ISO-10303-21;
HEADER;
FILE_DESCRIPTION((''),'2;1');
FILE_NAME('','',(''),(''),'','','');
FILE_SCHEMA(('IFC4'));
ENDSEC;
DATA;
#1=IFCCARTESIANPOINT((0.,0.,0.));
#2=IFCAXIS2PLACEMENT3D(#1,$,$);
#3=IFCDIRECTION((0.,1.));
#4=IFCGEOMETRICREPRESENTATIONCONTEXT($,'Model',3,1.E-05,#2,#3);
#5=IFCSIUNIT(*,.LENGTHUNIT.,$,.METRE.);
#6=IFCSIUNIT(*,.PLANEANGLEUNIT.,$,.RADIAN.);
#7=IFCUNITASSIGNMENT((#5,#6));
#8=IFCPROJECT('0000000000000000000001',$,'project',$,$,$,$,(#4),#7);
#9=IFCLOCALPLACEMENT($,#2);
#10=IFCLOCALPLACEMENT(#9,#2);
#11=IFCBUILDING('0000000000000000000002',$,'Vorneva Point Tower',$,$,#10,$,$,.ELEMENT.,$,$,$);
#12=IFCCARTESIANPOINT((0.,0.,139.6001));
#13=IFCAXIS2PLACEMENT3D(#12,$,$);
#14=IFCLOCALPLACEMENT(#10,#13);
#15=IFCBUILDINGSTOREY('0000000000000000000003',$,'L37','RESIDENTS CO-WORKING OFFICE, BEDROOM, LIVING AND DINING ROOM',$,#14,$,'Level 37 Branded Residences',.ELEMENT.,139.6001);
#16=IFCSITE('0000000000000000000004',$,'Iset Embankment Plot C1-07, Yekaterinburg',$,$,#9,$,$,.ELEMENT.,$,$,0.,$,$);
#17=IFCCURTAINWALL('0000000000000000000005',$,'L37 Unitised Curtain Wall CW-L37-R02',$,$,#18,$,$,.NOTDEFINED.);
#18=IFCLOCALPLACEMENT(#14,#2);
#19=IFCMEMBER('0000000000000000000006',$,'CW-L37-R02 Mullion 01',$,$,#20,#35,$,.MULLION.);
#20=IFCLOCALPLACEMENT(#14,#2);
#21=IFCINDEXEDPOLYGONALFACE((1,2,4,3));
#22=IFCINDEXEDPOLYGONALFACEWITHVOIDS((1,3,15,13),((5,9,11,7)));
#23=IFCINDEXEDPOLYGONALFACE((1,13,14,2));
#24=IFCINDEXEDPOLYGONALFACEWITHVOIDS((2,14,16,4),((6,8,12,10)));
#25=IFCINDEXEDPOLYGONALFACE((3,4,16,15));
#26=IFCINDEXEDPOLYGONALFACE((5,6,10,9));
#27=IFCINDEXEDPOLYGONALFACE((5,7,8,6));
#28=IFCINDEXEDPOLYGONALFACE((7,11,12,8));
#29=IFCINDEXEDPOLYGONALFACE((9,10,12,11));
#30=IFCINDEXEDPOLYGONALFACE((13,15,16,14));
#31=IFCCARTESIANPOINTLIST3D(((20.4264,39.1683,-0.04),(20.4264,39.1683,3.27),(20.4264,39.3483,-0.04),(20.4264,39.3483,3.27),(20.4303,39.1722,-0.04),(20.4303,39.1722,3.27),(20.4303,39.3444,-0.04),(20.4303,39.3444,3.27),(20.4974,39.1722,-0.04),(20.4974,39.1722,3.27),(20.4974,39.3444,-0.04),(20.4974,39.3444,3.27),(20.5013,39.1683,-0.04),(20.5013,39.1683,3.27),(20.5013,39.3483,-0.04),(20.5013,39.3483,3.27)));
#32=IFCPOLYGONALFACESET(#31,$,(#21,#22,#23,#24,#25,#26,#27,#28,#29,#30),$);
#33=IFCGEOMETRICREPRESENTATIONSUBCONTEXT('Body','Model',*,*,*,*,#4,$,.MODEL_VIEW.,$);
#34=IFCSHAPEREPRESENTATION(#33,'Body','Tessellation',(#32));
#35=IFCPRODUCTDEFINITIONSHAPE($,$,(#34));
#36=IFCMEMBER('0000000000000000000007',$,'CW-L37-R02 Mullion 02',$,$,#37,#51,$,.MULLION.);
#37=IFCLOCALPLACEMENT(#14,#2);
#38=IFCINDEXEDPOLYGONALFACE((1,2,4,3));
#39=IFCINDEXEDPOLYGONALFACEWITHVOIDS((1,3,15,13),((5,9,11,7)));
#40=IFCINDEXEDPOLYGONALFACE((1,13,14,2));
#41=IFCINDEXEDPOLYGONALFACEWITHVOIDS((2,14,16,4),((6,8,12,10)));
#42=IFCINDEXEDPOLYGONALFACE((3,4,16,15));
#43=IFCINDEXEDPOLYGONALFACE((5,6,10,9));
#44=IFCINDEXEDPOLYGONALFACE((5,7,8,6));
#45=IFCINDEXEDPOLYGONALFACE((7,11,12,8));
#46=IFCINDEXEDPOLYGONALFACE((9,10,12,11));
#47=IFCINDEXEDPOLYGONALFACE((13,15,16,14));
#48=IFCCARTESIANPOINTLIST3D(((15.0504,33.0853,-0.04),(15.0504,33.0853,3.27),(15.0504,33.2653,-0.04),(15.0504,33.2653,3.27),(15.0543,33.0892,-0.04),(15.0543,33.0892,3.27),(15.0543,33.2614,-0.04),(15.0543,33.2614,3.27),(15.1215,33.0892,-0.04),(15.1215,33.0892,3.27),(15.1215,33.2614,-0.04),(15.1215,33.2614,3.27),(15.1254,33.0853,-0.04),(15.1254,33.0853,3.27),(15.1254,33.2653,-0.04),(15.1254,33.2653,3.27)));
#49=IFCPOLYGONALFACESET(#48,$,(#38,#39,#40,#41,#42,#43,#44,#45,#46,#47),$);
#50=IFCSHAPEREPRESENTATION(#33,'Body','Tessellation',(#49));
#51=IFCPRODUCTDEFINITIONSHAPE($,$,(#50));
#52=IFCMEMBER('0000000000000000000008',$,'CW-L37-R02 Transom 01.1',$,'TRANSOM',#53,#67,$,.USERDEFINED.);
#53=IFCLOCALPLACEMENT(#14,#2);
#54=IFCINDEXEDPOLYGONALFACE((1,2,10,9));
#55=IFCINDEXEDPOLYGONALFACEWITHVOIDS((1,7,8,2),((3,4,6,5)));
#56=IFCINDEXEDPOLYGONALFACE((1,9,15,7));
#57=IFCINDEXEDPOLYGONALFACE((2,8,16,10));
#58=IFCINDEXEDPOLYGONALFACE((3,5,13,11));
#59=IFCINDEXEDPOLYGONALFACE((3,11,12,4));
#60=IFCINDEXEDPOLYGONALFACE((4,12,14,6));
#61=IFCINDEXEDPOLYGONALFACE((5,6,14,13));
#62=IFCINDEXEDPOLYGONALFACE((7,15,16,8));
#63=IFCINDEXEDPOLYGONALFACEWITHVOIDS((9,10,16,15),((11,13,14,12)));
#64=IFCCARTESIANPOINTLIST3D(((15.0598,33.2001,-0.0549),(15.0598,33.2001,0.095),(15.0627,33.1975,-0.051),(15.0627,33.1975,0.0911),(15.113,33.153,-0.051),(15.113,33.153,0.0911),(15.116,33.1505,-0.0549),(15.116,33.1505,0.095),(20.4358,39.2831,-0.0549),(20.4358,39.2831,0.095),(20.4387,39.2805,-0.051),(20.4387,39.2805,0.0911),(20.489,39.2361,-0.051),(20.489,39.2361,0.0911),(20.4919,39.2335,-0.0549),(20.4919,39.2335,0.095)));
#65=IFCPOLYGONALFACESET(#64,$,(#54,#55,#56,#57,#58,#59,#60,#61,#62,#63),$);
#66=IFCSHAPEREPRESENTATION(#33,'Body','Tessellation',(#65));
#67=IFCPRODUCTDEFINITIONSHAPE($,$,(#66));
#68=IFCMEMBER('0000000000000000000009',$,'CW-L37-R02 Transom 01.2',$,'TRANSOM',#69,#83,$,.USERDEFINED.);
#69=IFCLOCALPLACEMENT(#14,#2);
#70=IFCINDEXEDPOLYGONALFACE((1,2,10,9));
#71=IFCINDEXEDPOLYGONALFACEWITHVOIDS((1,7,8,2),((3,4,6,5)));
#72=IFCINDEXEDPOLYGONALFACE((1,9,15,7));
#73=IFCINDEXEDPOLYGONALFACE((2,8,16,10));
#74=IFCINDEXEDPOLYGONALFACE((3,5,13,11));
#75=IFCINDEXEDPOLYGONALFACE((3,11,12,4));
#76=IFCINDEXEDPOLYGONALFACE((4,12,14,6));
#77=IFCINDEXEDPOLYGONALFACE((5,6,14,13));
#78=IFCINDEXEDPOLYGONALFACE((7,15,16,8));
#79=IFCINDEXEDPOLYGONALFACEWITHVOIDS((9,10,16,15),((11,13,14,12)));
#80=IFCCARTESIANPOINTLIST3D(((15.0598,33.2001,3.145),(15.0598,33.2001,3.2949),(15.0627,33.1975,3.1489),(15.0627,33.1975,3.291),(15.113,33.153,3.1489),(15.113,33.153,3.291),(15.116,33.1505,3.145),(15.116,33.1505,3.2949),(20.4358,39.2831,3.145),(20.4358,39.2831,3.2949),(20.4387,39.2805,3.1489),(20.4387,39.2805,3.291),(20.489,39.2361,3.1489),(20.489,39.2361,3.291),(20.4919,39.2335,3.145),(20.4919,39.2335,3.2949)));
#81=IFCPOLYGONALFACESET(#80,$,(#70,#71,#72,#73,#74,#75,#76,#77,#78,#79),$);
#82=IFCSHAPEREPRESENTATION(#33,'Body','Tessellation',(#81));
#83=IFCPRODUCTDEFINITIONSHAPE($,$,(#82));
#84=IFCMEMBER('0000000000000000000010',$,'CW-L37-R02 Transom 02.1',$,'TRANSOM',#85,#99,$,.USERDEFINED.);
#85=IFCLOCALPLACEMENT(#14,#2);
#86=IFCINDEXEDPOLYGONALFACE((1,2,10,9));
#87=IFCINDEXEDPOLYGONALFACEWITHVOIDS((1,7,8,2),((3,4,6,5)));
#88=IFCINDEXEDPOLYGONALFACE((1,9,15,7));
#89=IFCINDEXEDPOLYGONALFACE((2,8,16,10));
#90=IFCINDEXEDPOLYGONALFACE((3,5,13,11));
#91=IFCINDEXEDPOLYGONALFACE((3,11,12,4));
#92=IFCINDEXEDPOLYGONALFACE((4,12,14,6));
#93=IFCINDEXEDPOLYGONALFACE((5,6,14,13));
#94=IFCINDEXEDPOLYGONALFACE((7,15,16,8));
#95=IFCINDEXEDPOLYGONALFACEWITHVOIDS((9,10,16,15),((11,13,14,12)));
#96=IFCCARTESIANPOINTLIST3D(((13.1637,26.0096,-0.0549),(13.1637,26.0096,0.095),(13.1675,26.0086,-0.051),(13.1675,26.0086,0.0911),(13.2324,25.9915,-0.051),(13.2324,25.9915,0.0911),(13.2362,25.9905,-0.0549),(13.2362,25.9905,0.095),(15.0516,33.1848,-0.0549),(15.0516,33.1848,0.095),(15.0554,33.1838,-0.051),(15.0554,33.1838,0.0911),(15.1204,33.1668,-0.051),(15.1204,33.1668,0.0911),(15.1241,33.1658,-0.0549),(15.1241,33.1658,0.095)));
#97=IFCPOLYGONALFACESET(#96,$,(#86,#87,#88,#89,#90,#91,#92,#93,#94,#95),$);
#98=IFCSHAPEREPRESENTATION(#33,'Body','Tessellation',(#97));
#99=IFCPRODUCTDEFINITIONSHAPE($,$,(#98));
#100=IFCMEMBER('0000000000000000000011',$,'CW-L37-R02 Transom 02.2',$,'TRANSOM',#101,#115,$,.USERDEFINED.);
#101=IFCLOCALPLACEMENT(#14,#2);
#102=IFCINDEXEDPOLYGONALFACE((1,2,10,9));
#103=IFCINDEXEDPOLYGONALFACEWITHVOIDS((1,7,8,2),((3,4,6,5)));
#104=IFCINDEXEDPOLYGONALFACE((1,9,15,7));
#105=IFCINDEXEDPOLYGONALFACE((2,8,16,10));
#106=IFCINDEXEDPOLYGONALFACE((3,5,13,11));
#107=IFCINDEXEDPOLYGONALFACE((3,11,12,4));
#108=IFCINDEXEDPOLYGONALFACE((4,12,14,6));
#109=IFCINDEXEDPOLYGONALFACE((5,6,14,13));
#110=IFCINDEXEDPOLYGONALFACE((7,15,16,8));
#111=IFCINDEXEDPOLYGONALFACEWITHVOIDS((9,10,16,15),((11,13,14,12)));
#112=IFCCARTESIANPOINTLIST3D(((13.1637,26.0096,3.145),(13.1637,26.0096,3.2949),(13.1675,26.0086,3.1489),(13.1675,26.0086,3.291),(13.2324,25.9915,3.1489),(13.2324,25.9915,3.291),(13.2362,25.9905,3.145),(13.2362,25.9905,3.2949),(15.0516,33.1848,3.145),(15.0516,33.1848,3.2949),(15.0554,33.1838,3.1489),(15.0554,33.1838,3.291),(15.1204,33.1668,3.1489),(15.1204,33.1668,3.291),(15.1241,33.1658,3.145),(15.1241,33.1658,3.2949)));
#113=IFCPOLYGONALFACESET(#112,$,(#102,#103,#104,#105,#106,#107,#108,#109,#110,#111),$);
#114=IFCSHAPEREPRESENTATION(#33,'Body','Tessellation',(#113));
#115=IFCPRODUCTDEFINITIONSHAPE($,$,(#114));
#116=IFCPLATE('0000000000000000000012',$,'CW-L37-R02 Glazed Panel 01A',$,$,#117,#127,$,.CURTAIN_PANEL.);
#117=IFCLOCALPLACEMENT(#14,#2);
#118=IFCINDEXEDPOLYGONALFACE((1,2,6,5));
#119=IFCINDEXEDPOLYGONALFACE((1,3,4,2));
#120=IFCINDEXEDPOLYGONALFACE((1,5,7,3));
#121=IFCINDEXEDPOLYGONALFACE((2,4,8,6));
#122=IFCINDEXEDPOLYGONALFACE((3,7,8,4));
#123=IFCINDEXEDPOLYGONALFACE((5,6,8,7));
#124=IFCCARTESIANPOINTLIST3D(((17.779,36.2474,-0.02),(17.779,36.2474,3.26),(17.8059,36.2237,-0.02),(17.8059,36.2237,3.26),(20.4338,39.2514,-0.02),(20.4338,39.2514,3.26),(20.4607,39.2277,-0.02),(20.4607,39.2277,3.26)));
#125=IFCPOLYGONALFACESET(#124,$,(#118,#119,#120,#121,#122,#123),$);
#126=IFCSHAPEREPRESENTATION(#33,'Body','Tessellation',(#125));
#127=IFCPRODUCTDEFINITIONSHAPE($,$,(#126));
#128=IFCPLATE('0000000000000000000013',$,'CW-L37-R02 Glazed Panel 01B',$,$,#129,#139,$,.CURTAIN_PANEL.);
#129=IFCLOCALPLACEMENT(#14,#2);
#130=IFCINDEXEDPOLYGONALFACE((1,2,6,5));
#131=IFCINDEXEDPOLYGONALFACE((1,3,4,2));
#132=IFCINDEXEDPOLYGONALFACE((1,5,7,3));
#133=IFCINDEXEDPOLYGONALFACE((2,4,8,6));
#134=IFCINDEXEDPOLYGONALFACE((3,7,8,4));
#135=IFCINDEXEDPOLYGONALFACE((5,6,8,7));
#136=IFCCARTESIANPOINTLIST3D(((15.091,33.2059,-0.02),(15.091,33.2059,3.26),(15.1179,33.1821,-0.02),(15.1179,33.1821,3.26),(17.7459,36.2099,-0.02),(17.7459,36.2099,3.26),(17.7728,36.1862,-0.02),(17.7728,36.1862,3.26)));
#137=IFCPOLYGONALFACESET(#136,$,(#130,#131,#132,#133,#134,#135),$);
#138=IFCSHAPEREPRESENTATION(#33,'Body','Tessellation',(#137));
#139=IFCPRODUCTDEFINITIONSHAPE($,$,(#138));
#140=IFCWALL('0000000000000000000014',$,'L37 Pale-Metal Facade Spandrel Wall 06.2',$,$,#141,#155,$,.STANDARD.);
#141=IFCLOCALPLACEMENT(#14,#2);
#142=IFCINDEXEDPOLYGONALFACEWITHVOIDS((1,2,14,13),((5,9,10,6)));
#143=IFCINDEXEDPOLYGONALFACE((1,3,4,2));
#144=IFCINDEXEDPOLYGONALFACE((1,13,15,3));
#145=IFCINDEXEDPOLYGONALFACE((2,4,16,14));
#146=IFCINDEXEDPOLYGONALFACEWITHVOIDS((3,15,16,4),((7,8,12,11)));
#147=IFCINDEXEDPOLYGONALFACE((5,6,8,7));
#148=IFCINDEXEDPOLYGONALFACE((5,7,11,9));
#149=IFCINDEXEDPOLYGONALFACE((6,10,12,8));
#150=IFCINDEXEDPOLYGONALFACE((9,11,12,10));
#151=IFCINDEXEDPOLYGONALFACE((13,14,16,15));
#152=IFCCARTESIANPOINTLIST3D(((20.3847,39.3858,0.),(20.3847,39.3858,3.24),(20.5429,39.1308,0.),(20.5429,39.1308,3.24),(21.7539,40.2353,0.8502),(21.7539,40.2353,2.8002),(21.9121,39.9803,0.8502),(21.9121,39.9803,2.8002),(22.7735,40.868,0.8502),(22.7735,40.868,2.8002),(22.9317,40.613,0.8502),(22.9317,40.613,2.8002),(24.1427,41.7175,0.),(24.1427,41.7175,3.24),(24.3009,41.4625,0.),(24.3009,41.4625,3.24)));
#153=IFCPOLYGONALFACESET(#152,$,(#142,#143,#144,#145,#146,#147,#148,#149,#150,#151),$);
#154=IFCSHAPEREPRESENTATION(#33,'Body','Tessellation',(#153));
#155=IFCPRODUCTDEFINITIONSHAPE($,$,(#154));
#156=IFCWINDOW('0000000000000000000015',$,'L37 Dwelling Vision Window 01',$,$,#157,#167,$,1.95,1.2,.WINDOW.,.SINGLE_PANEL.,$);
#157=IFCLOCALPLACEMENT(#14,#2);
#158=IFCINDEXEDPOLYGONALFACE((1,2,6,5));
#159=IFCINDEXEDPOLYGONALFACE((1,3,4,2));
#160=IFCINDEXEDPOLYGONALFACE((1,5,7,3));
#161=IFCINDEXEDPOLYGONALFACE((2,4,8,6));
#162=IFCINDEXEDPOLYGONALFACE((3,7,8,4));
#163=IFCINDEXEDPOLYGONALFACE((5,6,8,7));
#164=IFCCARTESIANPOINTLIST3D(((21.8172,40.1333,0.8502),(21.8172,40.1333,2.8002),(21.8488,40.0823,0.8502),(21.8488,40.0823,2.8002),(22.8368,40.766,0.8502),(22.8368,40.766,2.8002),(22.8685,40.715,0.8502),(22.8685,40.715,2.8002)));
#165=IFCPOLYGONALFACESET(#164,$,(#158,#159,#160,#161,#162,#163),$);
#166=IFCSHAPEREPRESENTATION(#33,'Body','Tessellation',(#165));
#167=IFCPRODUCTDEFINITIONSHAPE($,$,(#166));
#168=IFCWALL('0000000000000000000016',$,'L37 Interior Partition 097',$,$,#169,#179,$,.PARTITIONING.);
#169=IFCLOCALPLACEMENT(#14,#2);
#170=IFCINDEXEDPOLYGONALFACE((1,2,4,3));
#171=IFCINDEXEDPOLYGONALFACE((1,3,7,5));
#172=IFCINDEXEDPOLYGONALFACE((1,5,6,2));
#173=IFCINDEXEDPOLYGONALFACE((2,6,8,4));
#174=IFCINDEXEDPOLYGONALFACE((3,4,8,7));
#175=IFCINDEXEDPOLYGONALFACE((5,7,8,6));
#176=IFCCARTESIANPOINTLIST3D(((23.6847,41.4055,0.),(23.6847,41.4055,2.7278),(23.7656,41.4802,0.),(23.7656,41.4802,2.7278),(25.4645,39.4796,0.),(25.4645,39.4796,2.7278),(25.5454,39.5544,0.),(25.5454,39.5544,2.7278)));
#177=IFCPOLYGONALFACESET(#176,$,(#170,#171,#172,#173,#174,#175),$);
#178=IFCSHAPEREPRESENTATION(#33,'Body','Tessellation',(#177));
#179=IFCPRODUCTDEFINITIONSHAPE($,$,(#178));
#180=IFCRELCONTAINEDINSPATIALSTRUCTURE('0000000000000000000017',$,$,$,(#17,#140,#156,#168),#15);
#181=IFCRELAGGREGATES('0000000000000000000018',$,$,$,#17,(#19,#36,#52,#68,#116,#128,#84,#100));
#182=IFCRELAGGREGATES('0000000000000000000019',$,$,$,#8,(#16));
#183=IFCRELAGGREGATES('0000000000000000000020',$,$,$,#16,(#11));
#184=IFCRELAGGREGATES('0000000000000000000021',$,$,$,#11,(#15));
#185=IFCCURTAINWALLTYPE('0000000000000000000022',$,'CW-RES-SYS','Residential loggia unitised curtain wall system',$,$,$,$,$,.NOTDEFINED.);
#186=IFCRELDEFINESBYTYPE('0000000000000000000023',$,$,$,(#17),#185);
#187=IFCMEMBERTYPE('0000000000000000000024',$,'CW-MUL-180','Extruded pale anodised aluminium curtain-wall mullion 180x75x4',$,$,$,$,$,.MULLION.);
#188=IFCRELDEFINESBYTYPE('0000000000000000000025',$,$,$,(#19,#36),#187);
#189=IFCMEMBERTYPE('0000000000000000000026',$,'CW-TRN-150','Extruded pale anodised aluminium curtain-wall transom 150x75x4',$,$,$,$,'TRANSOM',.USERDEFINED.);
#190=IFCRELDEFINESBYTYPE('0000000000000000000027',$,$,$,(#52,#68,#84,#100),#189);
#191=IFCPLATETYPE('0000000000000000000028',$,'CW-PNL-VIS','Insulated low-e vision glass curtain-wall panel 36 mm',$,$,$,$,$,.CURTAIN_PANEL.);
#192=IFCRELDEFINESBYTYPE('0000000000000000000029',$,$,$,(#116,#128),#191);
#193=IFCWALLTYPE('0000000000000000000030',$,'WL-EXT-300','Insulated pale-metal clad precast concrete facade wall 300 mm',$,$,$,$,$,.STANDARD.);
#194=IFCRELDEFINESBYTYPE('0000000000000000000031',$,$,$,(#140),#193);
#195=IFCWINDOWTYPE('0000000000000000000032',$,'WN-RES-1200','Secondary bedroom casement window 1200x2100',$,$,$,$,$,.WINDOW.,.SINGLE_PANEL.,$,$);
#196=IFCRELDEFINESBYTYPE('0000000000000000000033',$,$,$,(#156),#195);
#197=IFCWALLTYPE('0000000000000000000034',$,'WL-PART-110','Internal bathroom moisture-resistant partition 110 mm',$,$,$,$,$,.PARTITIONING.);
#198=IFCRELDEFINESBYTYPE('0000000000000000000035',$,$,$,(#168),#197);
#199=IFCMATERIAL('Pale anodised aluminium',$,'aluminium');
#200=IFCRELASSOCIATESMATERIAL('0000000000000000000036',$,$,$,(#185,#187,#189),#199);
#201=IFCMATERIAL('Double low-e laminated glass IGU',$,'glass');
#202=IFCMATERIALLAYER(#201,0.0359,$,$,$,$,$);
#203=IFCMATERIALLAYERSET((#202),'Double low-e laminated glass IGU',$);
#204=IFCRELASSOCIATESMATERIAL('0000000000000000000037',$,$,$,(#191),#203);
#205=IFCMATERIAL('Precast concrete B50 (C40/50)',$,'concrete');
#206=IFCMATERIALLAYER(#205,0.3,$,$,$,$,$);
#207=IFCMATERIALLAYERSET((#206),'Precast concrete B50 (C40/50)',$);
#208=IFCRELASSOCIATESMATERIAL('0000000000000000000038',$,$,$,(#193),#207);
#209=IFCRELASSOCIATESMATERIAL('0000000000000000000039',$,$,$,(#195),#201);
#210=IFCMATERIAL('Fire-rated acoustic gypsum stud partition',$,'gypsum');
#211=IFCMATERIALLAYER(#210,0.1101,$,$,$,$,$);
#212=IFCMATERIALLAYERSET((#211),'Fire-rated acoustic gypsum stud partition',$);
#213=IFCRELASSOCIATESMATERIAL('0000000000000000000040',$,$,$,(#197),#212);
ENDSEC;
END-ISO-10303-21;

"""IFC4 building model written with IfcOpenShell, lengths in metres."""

from ifc_helpers import new_model, si_unit, direction, frame, frame_2d, origin, origin_2d, place, context, subcontext, project, spatial, rectangle, hollow_rectangle, extrude, material, layer, layer_set, material_profile, profile_set, type_object, element, fill, aggregate, save


model = new_model("IFC4")

# Units and contexts
model_context = context("Model", 3, precision=1e-05, world=origin(), true_north=direction((0.0, 1.0)))
body_context = subcontext(model_context, "Body", "Model", "MODEL_VIEW")
ifc_project = project(units=[si_unit("LENGTHUNIT", "METRE"), si_unit("PLANEANGLEUNIT", "RADIAN")], contexts=[model_context])

# Site, building, storey
site_placement = place(None, origin())
site = spatial("IfcSite", under=ifc_project, at=site_placement, Name="Iset Embankment Plot C1-07, Yekaterinburg", CompositionType="ELEMENT", RefElevation=0.0)
building_placement = place(site_placement, origin())
building = spatial("IfcBuilding", under=site, at=building_placement, Name="Vorneva Point Tower", CompositionType="ELEMENT")
storey_placement = place(building_placement, frame((0.0, 0.0, 139.6001)))
storey = spatial("IfcBuildingStorey", under=building, at=storey_placement, Name="L37", Description="RESIDENTS CO-WORKING OFFICE, BEDROOM, LIVING AND DINING ROOM", LongName="Level 37 Branded Residences", CompositionType="ELEMENT", Elevation=139.6001)

# Curtain wall, members, plates
ifc_material_1 = material(Name="Pale anodised aluminium", Category="aluminium")
curtain_wall_type = type_object("IfcCurtainWallType", Name="CW-RES-SYS", Description="Residential loggia unitised curtain wall system", PredefinedType="NOTDEFINED", material=ifc_material_1)
curtain_wall_placement = place(storey_placement, origin())
curtain_wall = element("IfcCurtainWall", 1, at=curtain_wall_placement, inside=storey, type_object=curtain_wall_type, Name="L37 Unitised Curtain Wall CW-L37-R02", PredefinedType="NOTDEFINED")
ifc_material_profile_1 = material_profile(ifc_material_1, hollow_rectangle(XDim=0.075, YDim=0.1799, WallThickness=0.0039, at=origin_2d()), Name="AL-MUL 180x75x4")
ifc_profile_set_1 = profile_set([ifc_material_profile_1], Name="Pale anodised aluminium")
member_type_1 = type_object("IfcMemberType", Name="CW-MUL-180", Description="Extruded pale anodised aluminium curtain-wall mullion 180x75x4", PredefinedType="MULLION", material=ifc_profile_set_1)
member_1_placement = place(storey_placement, frame((20.4639, 39.2583, -0.04), z_axis=(0.0, 0.0, 1.0), x_axis=(1.0, 0.0, 0.0)))
member_1 = element("IfcMember", 2, at=member_1_placement, type_object=member_type_1, Name="CW-L37-R02 Mullion 01", PredefinedType="MULLION", context=body_context, shape_type="SweptSolid", body=[
    extrude(hollow_rectangle(XDim=0.075, YDim=0.1799, WallThickness=0.0039, at=origin_2d()), origin(), (0.0, 0.0, 1.0), 3.3101),
])
member_2_placement = place(storey_placement, frame((15.0879, 33.1753, -0.04), z_axis=(0.0, 0.0, 1.0), x_axis=(1.0, 0.0, 0.0)))
member_2 = element("IfcMember", 3, at=member_2_placement, type_object=member_type_1, Name="CW-L37-R02 Mullion 02", PredefinedType="MULLION", context=body_context, shape_type="SweptSolid", body=[
    extrude(hollow_rectangle(XDim=0.075, YDim=0.1799, WallThickness=0.0039, at=origin_2d()), origin(), (0.0, 0.0, 1.0), 3.3101),
])
ifc_material_profile_2 = material_profile(ifc_material_1, hollow_rectangle(XDim=0.075, YDim=0.1499, WallThickness=0.0039, at=origin_2d()), Name="AL-TRN 150x75x4")
ifc_profile_set_2 = profile_set([ifc_material_profile_2], Name="Pale anodised aluminium")
member_type_2 = type_object("IfcMemberType", Name="CW-TRN-150", Description="Extruded pale anodised aluminium curtain-wall transom 150x75x4", ElementType="TRANSOM", PredefinedType="USERDEFINED", material=ifc_profile_set_2)
member_3_placement = place(storey_placement, frame((20.4639, 39.2583, 0.02), z_axis=(-0.662218, -0.749311, 0.0), x_axis=(0.749311, -0.662218, 0.0)))
member_3 = element("IfcMember", 4, at=member_3_placement, type_object=member_type_2, Name="CW-L37-R02 Transom 01.1", ObjectType="TRANSOM", PredefinedType="USERDEFINED", context=body_context, shape_type="SweptSolid", body=[
    extrude(hollow_rectangle(XDim=0.075, YDim=0.1499, WallThickness=0.0039, at=origin_2d()), origin(), (0.0, 0.0, 1.0), 8.1182),
])
member_4_placement = place(storey_placement, frame((20.4639, 39.2583, 3.22), z_axis=(-0.662218, -0.749311, 0.0), x_axis=(0.749311, -0.662218, 0.0)))
member_4 = element("IfcMember", 5, at=member_4_placement, type_object=member_type_2, Name="CW-L37-R02 Transom 01.2", ObjectType="TRANSOM", PredefinedType="USERDEFINED", context=body_context, shape_type="SweptSolid", body=[
    extrude(hollow_rectangle(XDim=0.075, YDim=0.1499, WallThickness=0.0039, at=origin_2d()), origin(), (0.0, 0.0, 1.0), 8.1182),
])
member_5_placement = place(storey_placement, frame((15.0879, 33.1753, 0.02), z_axis=(-0.254456, -0.967084, 0.0), x_axis=(0.967084, -0.254456, 0.0)))
member_5 = element("IfcMember", 6, at=member_5_placement, type_object=member_type_2, Name="CW-L37-R02 Transom 02.1", ObjectType="TRANSOM", PredefinedType="USERDEFINED", context=body_context, shape_type="SweptSolid", body=[
    extrude(hollow_rectangle(XDim=0.075, YDim=0.1499, WallThickness=0.0039, at=origin_2d()), origin(), (0.0, 0.0, 1.0), 7.4194),
])
member_6_placement = place(storey_placement, frame((15.0879, 33.1753, 3.22), z_axis=(-0.254456, -0.967084, 0.0), x_axis=(0.967084, -0.254456, 0.0)))
member_6 = element("IfcMember", 7, at=member_6_placement, type_object=member_type_2, Name="CW-L37-R02 Transom 02.2", ObjectType="TRANSOM", PredefinedType="USERDEFINED", context=body_context, shape_type="SweptSolid", body=[
    extrude(hollow_rectangle(XDim=0.075, YDim=0.1499, WallThickness=0.0039, at=origin_2d()), origin(), (0.0, 0.0, 1.0), 7.4194),
])
ifc_material_2 = material(Name="Double low-e laminated glass IGU", Category="glass")
ifc_layer_1 = layer(ifc_material_2, 0.0359)
ifc_layer_set_1 = layer_set([ifc_layer_1], Name="Double low-e laminated glass IGU")
plate_type = type_object("IfcPlateType", Name="CW-PNL-VIS", Description="Insulated low-e vision glass curtain-wall panel 36 mm", PredefinedType="CURTAIN_PANEL", material=ifc_layer_set_1)
plate_1_placement = place(storey_placement, frame((19.1199, 37.7375, -0.02), z_axis=(0.0, 0.0, 1.0), x_axis=(-0.662215, -0.749314, 0.0)))
plate_1 = element("IfcPlate", 8, at=plate_1_placement, type_object=plate_type, Name="CW-L37-R02 Glazed Panel 01A", PredefinedType="CURTAIN_PANEL", context=body_context, shape_type="SweptSolid", body=[
    extrude(rectangle(XDim=4.009, YDim=0.0359, at=origin_2d()), origin(), (0.0, 0.0, 1.0), 3.28),
])
plate_2_placement = place(storey_placement, frame((16.4319, 34.696, -0.02), z_axis=(0.0, 0.0, 1.0), x_axis=(-0.662215, -0.749314, 0.0)))
plate_2 = element("IfcPlate", 9, at=plate_2_placement, type_object=plate_type, Name="CW-L37-R02 Glazed Panel 01B", PredefinedType="CURTAIN_PANEL", context=body_context, shape_type="SweptSolid", body=[
    extrude(rectangle(XDim=4.009, YDim=0.0359, at=origin_2d()), origin(), (0.0, 0.0, 1.0), 3.28),
])
aggregate(curtain_wall, [member_1, member_2, member_3, member_4, plate_1, plate_2, member_5, member_6])

# Wall, opening, window
ifc_material_3 = material(Name="Precast concrete B50 (C40/50)", Category="concrete")
ifc_layer_2 = layer(ifc_material_3, 0.3)
ifc_layer_set_2 = layer_set([ifc_layer_2], Name="Precast concrete B50 (C40/50)")
wall_type_1 = type_object("IfcWallType", Name="WL-EXT-300", Description="Insulated pale-metal clad precast concrete facade wall 300 mm", PredefinedType="STANDARD", material=ifc_layer_set_2)
wall_1_placement = place(storey_placement, frame((24.2219, 41.5901, 0.0), z_axis=(0.0, 0.0, 1.0), x_axis=(-0.849721, -0.527232, 0.0)))
wall_1 = element("IfcWall", 10, at=wall_1_placement, inside=storey, type_object=wall_type_1, Name="L37 Pale-Metal Facade Spandrel Wall 06.2", PredefinedType="STANDARD", context=body_context, shape_type="SweptSolid", body=[
    extrude(rectangle(XDim=4.4226, YDim=0.3, at=frame_2d((2.2114, 0.0))), origin(), (0.0, 0.0, 1.0), 3.24),
])
opening_1_placement = place(wall_1_placement, frame((1.6113, 0.0, 0.8501)))
opening_1 = element("IfcOpeningElement", 11, at=opening_1_placement, cuts=wall_1, PredefinedType="OPENING", context=body_context, shape_type="SweptSolid", body=[
    extrude(rectangle(XDim=1.2, YDim=1.95, at=frame_2d((0.6001, 0.9751))), frame((0.0, 0.165, 0.0), z_axis=(0.0, -1.0, 0.0), x_axis=(1.0, 0.0, 0.0)), (0.0, 0.0, 1.0), 0.3298),
])
window_type = type_object("IfcWindowType", Name="WN-RES-1200", Description="Secondary bedroom casement window 1200x2100", PartitioningType="SINGLE_PANEL", PredefinedType="WINDOW", material=ifc_material_2)
window_placement = place(opening_1_placement, origin())
window = element("IfcWindow", 12, at=window_placement, inside=storey, type_object=window_type, Name="L37 Dwelling Vision Window 01", OverallHeight=1.95, OverallWidth=1.2, PartitioningType="SINGLE_PANEL", PredefinedType="WINDOW", context=body_context, shape_type="SweptSolid", body=[
    extrude(rectangle(XDim=1.2, YDim=1.95, at=frame_2d((0.6001, 0.9751))), frame((0.0, 0.03, 0.0), z_axis=(0.0, -1.0, 0.0), x_axis=(1.0, 0.0, 0.0)), (0.0, 0.0, 1.0), 0.0601),
])
fill(opening_1, window)

# Wall
ifc_material_4 = material(Name="Fire-rated acoustic gypsum stud partition", Category="gypsum")
ifc_layer_3 = layer(ifc_material_4, 0.1101)
ifc_layer_set_3 = layer_set([ifc_layer_3], Name="Fire-rated acoustic gypsum stud partition")
wall_type_2 = type_object("IfcWallType", Name="WL-PART-110", Description="Internal bathroom moisture-resistant partition 110 mm", PredefinedType="PARTITIONING", material=ifc_layer_set_3)
wall_2_placement = place(storey_placement, frame((25.5049, 39.5171, 0.0), z_axis=(0.0, 0.0, 1.0), x_axis=(-0.678721, 0.734396, 0.0)))
element("IfcWall", 13, at=wall_2_placement, inside=storey, type_object=wall_type_2, Name="L37 Interior Partition 097", PredefinedType="PARTITIONING", context=body_context, shape_type="SweptSolid", body=[
    extrude(rectangle(XDim=2.6223, YDim=0.1101, at=frame_2d((1.311, 0.0))), origin(), (0.0, 0.0, 1.0), 2.7278),
])

save(model, "model.ifc")
